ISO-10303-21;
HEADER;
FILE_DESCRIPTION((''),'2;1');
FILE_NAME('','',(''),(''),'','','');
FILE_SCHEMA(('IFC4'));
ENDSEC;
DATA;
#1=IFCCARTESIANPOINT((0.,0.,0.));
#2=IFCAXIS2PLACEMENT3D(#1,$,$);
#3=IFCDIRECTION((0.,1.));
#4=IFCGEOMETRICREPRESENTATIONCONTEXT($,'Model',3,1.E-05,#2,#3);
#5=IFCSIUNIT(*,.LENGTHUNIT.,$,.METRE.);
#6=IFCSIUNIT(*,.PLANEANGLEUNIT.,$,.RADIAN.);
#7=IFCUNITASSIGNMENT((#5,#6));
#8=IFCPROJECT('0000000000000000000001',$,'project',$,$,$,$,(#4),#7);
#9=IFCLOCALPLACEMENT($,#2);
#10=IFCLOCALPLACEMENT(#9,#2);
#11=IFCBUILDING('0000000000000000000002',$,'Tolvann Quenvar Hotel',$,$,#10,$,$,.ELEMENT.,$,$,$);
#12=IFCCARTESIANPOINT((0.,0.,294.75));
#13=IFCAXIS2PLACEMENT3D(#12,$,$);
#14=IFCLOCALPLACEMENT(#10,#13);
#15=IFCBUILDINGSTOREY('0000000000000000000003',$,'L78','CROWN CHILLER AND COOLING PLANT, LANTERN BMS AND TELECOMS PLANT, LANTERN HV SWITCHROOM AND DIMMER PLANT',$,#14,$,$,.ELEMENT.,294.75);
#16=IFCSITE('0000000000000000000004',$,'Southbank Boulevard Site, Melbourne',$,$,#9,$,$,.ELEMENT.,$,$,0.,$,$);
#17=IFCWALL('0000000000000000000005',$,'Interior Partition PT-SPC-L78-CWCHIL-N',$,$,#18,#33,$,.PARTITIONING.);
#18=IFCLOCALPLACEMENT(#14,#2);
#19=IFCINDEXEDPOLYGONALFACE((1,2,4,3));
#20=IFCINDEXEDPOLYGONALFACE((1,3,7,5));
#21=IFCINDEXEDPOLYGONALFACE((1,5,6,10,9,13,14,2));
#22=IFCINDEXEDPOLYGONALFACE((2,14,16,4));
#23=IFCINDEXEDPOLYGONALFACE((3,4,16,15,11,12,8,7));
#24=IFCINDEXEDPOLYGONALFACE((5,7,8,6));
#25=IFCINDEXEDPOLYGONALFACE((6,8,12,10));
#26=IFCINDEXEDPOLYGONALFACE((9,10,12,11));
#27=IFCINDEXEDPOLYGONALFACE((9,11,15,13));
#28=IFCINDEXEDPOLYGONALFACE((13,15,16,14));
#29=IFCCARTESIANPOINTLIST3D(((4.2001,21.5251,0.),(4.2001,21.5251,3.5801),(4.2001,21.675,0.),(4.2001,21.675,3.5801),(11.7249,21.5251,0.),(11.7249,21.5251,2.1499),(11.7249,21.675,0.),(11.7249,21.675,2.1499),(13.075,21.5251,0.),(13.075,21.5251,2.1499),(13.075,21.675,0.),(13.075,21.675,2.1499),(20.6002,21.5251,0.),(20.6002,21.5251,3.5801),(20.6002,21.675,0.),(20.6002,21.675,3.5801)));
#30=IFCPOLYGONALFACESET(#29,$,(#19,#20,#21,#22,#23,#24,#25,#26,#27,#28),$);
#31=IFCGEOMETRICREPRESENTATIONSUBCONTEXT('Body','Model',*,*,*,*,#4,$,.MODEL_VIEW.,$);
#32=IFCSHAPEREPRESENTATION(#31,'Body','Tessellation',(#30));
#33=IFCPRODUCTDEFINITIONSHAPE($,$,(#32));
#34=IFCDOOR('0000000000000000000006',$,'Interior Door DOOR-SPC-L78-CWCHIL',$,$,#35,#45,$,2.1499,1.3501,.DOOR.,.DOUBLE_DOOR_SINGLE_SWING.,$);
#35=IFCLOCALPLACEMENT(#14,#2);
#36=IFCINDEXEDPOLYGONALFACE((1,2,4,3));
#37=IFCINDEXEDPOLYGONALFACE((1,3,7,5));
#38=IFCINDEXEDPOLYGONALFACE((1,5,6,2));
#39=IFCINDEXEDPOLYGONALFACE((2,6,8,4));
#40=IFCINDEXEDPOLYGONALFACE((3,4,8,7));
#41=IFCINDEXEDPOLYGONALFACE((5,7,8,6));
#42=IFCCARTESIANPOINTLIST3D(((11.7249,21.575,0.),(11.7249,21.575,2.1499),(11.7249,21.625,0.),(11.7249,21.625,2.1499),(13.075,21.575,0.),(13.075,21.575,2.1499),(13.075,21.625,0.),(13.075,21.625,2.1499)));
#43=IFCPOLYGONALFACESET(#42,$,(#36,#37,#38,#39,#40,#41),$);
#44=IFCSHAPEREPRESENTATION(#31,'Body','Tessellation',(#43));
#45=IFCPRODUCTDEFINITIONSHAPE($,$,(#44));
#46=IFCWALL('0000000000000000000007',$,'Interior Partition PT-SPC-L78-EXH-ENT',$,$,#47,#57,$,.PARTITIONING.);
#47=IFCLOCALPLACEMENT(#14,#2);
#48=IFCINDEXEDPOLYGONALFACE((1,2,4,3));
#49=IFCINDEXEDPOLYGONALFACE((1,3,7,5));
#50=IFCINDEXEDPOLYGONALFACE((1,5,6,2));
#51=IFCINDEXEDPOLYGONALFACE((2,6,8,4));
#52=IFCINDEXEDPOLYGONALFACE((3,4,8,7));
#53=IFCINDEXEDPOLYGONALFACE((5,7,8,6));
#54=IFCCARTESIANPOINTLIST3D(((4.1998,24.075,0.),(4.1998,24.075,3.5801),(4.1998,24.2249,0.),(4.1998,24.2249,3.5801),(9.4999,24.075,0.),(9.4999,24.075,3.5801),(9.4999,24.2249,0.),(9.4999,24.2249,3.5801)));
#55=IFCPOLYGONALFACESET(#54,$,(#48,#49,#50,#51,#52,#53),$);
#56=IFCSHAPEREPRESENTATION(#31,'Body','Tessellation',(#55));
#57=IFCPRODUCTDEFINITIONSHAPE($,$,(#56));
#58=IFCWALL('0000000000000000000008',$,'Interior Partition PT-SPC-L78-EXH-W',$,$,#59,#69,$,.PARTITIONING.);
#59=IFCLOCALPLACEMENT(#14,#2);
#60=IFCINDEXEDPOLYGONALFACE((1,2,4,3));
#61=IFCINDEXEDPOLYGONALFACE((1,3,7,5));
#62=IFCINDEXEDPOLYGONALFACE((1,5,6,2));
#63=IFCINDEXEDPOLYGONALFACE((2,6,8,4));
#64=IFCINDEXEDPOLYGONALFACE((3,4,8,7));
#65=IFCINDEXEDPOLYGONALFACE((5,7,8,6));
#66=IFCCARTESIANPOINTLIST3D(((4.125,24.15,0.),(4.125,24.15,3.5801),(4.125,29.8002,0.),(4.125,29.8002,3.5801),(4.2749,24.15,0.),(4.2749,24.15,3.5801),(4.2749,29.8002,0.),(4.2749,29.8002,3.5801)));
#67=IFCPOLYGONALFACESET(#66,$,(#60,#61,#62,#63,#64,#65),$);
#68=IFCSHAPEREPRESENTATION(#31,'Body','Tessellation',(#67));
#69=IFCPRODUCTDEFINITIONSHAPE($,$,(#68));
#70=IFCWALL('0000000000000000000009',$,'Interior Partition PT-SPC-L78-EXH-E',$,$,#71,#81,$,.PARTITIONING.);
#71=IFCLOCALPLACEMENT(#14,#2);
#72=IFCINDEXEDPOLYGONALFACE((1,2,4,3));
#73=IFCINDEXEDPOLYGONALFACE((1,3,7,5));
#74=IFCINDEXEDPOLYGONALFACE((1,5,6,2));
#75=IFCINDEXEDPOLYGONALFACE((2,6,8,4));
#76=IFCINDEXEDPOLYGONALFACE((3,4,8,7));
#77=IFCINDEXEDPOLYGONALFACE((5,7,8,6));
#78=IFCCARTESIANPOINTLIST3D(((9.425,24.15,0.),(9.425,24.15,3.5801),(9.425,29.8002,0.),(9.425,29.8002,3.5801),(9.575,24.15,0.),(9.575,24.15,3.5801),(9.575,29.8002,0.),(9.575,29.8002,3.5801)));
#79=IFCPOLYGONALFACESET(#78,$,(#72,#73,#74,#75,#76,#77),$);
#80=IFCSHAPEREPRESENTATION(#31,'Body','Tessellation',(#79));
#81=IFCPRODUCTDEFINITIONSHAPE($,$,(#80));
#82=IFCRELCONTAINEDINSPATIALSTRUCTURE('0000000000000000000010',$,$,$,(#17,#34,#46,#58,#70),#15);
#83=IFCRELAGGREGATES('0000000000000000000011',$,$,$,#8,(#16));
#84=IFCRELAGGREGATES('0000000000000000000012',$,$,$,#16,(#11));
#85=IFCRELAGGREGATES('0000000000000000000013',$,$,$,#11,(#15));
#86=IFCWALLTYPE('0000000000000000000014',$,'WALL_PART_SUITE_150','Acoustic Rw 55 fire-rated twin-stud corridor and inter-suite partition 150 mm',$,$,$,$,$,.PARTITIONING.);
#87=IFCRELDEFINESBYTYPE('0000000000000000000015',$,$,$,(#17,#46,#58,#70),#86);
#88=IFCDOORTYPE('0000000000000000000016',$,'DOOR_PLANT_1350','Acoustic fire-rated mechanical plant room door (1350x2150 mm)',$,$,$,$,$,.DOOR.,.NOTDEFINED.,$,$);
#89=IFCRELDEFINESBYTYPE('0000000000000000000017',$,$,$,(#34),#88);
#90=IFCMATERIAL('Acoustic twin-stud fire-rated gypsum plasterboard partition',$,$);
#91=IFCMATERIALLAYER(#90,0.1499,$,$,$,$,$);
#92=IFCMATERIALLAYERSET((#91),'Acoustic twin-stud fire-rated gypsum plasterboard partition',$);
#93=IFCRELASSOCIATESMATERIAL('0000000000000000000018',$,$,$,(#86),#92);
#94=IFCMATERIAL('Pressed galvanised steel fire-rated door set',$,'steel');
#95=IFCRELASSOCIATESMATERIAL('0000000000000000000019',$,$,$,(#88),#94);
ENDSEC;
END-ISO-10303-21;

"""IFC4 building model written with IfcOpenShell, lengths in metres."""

from ifc_helpers import new_model, si_unit, direction, frame, frame_2d, origin, place, context, subcontext, project, spatial, rectangle, extrude, source, transform, mapped, material, layer, layer_set, type_object, type_shapes, element, fill, save


model = new_model("IFC4")

# Units and contexts
model_context = context("Model", 3, precision=1e-05, world=origin(), true_north=direction((0.0, 1.0)))
body_context = subcontext(model_context, "Body", "Model", "MODEL_VIEW")
ifc_project = project(units=[si_unit("LENGTHUNIT", "METRE"), si_unit("PLANEANGLEUNIT", "RADIAN")], contexts=[model_context])

# Site, building, storey
site_placement = place(None, origin())
site = spatial("IfcSite", under=ifc_project, at=site_placement, Name="Southbank Boulevard Site, Melbourne", CompositionType="ELEMENT", RefElevation=0.0)
building_placement = place(site_placement, origin())
building = spatial("IfcBuilding", under=site, at=building_placement, Name="Tolvann Quenvar Hotel", CompositionType="ELEMENT")
storey_placement = place(building_placement, frame((0.0, 0.0, 294.75)))
storey = spatial("IfcBuildingStorey", under=building, at=storey_placement, Name="L78", Description="CROWN CHILLER AND COOLING PLANT, LANTERN BMS AND TELECOMS PLANT, LANTERN HV SWITCHROOM AND DIMMER PLANT", CompositionType="ELEMENT", Elevation=294.75)

# Wall, opening, door
ifc_material_1 = material(Name="Acoustic twin-stud fire-rated gypsum plasterboard partition")
ifc_layer_1 = layer(ifc_material_1, 0.1499)
ifc_layer_set_1 = layer_set([ifc_layer_1], Name="Acoustic twin-stud fire-rated gypsum plasterboard partition")
wall_type = type_object("IfcWallType", Name="WALL_PART_SUITE_150", Description="Acoustic Rw 55 fire-rated twin-stud corridor and inter-suite partition 150 mm", PredefinedType="PARTITIONING", material=ifc_layer_set_1)
wall_1_placement = place(storey_placement, frame((4.2, 21.6001, 0.0), z_axis=(0.0, 0.0, 1.0), x_axis=(1.0, 0.0, 0.0)))
wall_1 = element("IfcWall", 1, at=wall_1_placement, inside=storey, type_object=wall_type, Name="Interior Partition PT-SPC-L78-CWCHIL-N", PredefinedType="PARTITIONING", context=body_context, shape_type="SweptSolid", body=[
    extrude(rectangle(XDim=16.4001, YDim=0.1499, at=frame_2d((8.2002, 0.0))), origin(), (0.0, 0.0, 1.0), 3.5801),
])
opening_placement = place(wall_1_placement, frame((7.5249, 0.0, 0.0)))
opening = element("IfcOpeningElement", 2, at=opening_placement, cuts=wall_1, PredefinedType="OPENING", context=body_context, shape_type="SweptSolid", body=[
    extrude(rectangle(XDim=1.3501, YDim=2.1499, at=frame_2d((0.675, 1.075))), frame((0.0, 0.085, 0.0), z_axis=(0.0, -1.0, 0.0), x_axis=(1.0, 0.0, 0.0)), (0.0, 0.0, 1.0), 0.1699),
])
ifc_material_2 = material(Name="Pressed galvanised steel fire-rated door set", Category="steel")
door_type = type_object("IfcDoorType", Name="DOOR_PLANT_1350", Description="Acoustic fire-rated mechanical plant room door (1350x2150 mm)", OperationType="NOTDEFINED", PredefinedType="DOOR", material=ifc_material_2)
shared_shape_1 = source(origin(), body_context, "Body", "SweptSolid", [
    extrude(rectangle(XDim=1.3501, YDim=2.1499, at=frame_2d((0.675, 1.075))), frame((0.0, 0.0249, 0.0), z_axis=(0.0, -1.0, 0.0), x_axis=(1.0, 0.0, 0.0)), (0.0, 0.0, 1.0), 0.05),
])
type_shapes(door_type, [shared_shape_1])
door_placement = place(opening_placement, origin())
door = element("IfcDoor", 3, at=door_placement, inside=storey, type_object=door_type, Name="Interior Door DOOR-SPC-L78-CWCHIL", OperationType="DOUBLE_DOOR_SINGLE_SWING", OverallHeight=2.1499, OverallWidth=1.3501, PredefinedType="DOOR", context=body_context, shape_type="MappedRepresentation", body=[
    mapped(shared_shape_1, transform((0.0, 0.0, 0.0), x_axis=(1.0, 0.0, 0.0), y_axis=(0.0, 1.0, 0.0), z_axis=(0.0, 0.0, 1.0), scale=1.0)),
])
fill(opening, door)

# Walls
wall_2_placement = place(storey_placement, frame((4.2, 24.1499, 0.0), z_axis=(0.0, 0.0, 1.0), x_axis=(1.0, 0.0, 0.0)))
element("IfcWall", 4, at=wall_2_placement, inside=storey, type_object=wall_type, Name="Interior Partition PT-SPC-L78-EXH-ENT", PredefinedType="PARTITIONING", context=body_context, shape_type="SweptSolid", body=[
    extrude(rectangle(XDim=5.3, YDim=0.1499, at=frame_2d((2.6499, 0.0))), origin(), (0.0, 0.0, 1.0), 3.5801),
])
for number, where, z_axis, x_axis, name in (
    (5, (4.2, 24.1499, 0.0), (0.0, 0.0, 1.0), (0.0, 1.0, 0.0), "Interior Partition PT-SPC-L78-EXH-W"),
    (6, (9.5, 24.1499, 0.0), (0.0, 0.0, 1.0), (0.0, 1.0, 0.0), "Interior Partition PT-SPC-L78-EXH-E"),
):
    element("IfcWall", number, at=place(storey_placement, frame(where, z_axis=z_axis, x_axis=x_axis)), inside=storey, type_object=wall_type, Name=name, PredefinedType="PARTITIONING", context=body_context, shape_type="SweptSolid", body=[
        extrude(rectangle(XDim=5.6501, YDim=0.1499, at=frame_2d((2.8252, 0.0))), origin(), (0.0, 0.0, 1.0), 3.5801),
    ])

save(model, "model.ifc")
